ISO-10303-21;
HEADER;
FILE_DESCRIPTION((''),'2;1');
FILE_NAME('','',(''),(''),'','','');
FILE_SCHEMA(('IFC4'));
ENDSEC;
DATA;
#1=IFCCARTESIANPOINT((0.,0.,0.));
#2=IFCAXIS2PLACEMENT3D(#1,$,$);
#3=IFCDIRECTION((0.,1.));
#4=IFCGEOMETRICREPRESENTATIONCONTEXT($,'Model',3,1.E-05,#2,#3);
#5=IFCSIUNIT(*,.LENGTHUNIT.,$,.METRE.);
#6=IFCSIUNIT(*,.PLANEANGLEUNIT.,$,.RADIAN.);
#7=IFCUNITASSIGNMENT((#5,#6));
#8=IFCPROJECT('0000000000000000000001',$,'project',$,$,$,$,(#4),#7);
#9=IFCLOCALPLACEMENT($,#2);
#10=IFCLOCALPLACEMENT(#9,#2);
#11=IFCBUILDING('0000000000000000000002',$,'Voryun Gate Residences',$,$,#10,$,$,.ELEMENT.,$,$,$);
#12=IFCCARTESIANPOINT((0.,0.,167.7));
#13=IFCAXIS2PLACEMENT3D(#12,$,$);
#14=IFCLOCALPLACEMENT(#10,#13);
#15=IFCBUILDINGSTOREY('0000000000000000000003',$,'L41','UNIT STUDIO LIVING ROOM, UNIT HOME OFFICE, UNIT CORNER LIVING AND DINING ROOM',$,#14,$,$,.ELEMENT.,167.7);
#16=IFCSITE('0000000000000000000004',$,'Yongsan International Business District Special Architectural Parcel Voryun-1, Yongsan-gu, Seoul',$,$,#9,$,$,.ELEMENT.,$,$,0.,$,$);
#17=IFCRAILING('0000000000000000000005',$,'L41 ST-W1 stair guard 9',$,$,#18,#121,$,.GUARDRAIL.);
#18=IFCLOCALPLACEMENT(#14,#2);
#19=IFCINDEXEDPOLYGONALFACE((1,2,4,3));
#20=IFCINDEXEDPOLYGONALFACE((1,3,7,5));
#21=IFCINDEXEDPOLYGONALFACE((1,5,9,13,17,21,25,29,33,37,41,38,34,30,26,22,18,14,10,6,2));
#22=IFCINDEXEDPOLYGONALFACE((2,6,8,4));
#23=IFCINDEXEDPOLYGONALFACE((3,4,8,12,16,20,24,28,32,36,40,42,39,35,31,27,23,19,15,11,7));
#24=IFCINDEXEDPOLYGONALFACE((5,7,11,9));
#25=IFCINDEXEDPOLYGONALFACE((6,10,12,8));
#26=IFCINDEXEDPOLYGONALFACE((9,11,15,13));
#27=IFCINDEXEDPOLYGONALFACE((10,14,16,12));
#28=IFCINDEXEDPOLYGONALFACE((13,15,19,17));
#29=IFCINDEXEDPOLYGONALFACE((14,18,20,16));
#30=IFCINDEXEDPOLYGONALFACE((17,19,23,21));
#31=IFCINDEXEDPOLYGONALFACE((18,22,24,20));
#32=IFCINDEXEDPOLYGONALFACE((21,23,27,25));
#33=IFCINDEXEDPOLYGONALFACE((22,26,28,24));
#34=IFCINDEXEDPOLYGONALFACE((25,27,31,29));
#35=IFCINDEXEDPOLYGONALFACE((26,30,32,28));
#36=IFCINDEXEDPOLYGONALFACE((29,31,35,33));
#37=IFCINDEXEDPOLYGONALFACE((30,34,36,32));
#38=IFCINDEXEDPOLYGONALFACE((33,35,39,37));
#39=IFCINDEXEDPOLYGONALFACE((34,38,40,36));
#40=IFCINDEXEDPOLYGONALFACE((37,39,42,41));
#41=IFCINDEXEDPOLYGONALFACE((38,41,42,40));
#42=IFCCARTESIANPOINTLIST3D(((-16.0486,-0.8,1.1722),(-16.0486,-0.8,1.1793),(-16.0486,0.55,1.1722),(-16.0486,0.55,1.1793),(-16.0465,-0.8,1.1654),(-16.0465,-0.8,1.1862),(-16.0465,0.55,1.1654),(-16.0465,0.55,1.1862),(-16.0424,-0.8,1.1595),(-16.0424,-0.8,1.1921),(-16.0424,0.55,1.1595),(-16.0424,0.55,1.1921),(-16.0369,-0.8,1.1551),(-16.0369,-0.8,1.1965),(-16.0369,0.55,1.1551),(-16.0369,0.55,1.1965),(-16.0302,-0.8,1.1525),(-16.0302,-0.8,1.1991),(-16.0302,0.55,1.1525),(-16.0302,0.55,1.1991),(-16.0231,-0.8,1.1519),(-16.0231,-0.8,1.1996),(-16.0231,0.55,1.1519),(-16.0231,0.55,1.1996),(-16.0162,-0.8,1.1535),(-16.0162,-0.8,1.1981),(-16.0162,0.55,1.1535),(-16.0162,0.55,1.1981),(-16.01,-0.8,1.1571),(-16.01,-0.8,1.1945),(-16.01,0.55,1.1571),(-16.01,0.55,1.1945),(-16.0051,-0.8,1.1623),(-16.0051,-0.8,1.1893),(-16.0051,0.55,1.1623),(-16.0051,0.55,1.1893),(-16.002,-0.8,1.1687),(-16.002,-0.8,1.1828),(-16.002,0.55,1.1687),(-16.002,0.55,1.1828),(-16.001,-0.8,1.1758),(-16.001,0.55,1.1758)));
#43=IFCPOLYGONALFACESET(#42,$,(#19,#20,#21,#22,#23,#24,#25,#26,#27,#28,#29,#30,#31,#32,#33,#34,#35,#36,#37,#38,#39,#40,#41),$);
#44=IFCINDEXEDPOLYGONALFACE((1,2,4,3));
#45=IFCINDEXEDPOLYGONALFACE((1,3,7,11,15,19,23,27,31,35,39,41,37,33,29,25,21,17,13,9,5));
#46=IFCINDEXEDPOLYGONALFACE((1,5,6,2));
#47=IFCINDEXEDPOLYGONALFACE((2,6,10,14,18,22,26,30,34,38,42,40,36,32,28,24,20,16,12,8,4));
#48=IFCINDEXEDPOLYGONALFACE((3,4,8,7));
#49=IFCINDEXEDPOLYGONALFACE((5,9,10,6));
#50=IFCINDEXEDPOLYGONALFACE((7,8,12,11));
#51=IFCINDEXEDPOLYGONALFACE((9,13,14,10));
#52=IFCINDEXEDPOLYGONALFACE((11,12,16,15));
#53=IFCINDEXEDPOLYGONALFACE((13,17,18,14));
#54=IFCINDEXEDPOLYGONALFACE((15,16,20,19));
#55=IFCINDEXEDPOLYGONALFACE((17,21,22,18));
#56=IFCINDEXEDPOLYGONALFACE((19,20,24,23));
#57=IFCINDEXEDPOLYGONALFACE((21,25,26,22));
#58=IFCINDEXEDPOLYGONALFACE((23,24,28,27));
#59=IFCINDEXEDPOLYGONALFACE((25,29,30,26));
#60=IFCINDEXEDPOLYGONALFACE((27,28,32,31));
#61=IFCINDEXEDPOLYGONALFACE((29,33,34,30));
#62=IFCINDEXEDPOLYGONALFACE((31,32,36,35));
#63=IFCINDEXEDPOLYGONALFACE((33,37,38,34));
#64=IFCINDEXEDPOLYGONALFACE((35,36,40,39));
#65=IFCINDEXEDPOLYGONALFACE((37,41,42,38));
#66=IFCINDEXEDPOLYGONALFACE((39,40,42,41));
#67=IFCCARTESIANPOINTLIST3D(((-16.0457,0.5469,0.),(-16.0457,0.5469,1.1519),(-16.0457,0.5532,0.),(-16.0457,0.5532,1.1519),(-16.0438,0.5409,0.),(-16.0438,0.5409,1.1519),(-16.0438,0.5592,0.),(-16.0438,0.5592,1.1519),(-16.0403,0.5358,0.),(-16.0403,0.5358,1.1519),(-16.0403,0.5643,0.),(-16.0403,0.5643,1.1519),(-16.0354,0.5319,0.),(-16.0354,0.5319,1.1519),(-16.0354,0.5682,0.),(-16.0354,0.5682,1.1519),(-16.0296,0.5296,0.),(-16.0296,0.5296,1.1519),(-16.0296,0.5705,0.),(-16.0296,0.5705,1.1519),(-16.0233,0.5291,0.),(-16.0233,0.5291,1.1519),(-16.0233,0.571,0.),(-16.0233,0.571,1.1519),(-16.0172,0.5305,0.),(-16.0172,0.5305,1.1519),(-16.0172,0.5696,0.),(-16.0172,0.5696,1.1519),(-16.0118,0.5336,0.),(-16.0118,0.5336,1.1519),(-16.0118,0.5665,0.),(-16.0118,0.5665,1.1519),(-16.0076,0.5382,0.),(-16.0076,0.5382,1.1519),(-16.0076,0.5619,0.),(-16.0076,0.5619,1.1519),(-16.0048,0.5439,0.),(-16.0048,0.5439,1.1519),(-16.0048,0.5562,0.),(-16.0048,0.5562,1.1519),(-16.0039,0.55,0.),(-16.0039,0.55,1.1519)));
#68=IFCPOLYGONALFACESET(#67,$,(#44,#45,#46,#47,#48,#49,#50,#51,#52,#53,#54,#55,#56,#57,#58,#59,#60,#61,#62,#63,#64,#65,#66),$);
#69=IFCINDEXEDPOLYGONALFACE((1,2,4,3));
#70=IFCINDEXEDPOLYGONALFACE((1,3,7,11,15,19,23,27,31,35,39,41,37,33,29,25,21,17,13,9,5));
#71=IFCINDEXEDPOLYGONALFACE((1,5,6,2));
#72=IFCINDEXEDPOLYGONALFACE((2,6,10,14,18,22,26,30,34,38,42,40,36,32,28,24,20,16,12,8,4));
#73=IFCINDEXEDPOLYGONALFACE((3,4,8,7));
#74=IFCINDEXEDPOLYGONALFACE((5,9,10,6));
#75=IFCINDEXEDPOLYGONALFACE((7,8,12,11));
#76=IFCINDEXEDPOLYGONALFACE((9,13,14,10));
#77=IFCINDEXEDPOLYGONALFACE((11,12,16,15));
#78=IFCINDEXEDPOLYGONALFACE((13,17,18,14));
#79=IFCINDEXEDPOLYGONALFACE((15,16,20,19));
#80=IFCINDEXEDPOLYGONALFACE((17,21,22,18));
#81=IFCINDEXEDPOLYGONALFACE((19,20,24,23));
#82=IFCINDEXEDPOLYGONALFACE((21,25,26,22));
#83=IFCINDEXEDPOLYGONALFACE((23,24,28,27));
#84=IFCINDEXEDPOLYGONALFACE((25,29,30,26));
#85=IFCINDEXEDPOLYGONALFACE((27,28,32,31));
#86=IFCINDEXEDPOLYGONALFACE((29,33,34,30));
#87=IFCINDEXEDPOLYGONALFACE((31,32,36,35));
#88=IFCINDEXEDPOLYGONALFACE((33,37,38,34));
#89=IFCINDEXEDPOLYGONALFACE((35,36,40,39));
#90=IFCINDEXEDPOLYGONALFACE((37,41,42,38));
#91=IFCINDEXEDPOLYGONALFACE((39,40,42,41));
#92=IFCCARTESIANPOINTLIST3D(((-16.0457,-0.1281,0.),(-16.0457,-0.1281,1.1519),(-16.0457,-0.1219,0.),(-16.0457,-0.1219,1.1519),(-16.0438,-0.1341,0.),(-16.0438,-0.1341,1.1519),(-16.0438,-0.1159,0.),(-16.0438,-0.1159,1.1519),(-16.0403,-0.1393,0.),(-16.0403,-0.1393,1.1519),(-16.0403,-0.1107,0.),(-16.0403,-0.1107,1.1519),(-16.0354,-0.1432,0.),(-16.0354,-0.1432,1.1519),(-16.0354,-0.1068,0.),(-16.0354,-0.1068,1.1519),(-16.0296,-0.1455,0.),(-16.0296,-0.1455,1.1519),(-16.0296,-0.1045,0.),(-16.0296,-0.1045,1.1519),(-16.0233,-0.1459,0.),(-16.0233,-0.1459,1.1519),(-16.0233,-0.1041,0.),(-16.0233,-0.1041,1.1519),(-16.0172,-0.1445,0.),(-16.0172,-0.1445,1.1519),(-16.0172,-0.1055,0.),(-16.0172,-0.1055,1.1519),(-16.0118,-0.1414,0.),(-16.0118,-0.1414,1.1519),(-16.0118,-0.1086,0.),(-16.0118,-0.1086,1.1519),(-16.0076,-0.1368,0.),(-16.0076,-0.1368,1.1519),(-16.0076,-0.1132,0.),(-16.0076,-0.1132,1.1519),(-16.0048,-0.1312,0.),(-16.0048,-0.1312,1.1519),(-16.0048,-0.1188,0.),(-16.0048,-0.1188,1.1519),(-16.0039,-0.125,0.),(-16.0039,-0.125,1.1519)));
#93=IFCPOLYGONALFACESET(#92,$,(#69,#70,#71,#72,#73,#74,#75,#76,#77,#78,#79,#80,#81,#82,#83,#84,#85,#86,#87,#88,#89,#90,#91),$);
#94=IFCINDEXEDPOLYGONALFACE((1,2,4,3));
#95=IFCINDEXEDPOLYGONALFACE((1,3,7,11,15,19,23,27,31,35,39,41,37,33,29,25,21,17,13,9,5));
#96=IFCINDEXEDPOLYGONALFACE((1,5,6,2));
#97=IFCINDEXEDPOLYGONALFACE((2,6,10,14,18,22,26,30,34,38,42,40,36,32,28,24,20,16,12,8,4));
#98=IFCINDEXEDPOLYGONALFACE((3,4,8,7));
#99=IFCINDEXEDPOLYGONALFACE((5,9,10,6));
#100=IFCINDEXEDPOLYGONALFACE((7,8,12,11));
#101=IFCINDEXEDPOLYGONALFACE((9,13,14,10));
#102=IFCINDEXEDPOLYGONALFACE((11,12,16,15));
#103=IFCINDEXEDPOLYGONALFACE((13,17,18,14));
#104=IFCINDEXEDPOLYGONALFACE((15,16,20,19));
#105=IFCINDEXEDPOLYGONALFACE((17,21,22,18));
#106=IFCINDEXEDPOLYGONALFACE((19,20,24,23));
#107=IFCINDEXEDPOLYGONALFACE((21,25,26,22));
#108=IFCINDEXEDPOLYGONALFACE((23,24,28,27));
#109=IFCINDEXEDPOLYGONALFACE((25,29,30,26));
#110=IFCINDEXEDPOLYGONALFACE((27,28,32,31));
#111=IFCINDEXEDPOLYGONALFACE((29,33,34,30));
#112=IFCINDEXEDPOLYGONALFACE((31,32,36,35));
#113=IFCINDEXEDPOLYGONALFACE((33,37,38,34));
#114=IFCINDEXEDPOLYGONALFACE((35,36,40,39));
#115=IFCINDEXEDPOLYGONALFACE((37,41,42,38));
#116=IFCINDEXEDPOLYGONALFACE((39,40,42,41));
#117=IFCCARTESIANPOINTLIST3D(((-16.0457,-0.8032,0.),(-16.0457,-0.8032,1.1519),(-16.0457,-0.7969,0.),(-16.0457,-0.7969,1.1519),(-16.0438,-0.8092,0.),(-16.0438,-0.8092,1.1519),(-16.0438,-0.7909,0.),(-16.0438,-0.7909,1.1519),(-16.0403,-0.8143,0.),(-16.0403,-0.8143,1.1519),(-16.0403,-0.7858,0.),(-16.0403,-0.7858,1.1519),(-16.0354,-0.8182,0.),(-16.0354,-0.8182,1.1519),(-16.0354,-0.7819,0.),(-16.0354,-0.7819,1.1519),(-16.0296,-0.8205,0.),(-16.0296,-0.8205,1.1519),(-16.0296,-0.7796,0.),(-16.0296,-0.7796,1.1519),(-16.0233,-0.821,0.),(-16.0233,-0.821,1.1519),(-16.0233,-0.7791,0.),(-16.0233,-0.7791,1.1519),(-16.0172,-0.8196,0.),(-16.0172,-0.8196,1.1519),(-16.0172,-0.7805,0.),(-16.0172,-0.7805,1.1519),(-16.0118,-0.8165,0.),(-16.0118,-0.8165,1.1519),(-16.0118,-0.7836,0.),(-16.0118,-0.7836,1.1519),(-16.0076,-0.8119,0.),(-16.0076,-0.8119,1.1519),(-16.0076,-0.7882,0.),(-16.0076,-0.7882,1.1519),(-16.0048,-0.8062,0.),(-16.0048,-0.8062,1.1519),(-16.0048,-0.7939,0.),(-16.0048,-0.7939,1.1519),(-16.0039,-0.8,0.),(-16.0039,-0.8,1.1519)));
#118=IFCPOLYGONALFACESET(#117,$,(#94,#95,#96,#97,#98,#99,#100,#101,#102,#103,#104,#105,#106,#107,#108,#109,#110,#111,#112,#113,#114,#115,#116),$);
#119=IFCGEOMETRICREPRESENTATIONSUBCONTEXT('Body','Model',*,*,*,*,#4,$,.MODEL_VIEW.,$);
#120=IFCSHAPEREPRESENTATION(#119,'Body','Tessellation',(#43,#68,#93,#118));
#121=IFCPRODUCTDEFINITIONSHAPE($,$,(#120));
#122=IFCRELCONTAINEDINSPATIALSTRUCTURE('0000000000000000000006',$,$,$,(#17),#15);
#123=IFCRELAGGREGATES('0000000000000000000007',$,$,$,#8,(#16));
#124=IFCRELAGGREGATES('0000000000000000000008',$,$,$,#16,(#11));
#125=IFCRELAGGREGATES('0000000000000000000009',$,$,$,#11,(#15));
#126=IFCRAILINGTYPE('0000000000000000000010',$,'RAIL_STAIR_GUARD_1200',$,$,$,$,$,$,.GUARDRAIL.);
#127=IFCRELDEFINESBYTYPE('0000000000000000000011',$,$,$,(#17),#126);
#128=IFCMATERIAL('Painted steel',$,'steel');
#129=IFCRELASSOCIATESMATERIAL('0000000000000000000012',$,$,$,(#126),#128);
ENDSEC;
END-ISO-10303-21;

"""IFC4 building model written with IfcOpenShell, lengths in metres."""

from ifc_helpers import new_model, si_unit, direction, frame, origin, origin_2d, place, context, subcontext, project, spatial, circle, extrude, material, type_object, element, save


model = new_model("IFC4")

# Units and contexts
model_context = context("Model", 3, precision=1e-05, world=origin(), true_north=direction((0.0, 1.0)))
body_context = subcontext(model_context, "Body", "Model", "MODEL_VIEW")
ifc_project = project(units=[si_unit("LENGTHUNIT", "METRE"), si_unit("PLANEANGLEUNIT", "RADIAN")], contexts=[model_context])

# Site, building, storey
site_placement = place(None, origin())
site = spatial("IfcSite", under=ifc_project, at=site_placement, Name="Yongsan International Business District Special Architectural Parcel Voryun-1, Yongsan-gu, Seoul", CompositionType="ELEMENT", RefElevation=0.0)
building_placement = place(site_placement, origin())
building = spatial("IfcBuilding", under=site, at=building_placement, Name="Voryun Gate Residences", CompositionType="ELEMENT")
storey_placement = place(building_placement, frame((0.0, 0.0, 167.7)))
storey = spatial("IfcBuildingStorey", under=building, at=storey_placement, Name="L41", Description="UNIT STUDIO LIVING ROOM, UNIT HOME OFFICE, UNIT CORNER LIVING AND DINING ROOM", CompositionType="ELEMENT", Elevation=167.7)

# Railing
ifc_material_1 = material(Name="Painted steel", Category="steel")
railing_type = type_object("IfcRailingType", Name="RAIL_STAIR_GUARD_1200", PredefinedType="GUARDRAIL", material=ifc_material_1)
for number, where, name in (
    (1, (-16.0249, 0.55, 0.0), "L41 ST-W1 stair guard 9"),
):
    element("IfcRailing", number, at=place(storey_placement, frame(where)), inside=storey, type_object=railing_type, Name=name, PredefinedType="GUARDRAIL", context=body_context, shape_type="SweptSolid", body=[
        extrude(circle(Radius=0.0239, at=origin_2d()), frame((0.0, 0.0, 1.1758), z_axis=(0.0, -1.0, 0.0), x_axis=(1.0, 0.0, 0.0)), (0.0, 0.0, 1.0), 1.3501),
        extrude(circle(Radius=0.021, at=origin_2d()), origin(), (0.0, 0.0, 1.0), 1.1519),
        extrude(circle(Radius=0.021, at=origin_2d()), frame((0.0, -0.675, 0.0)), (0.0, 0.0, 1.0), 1.1519),
        extrude(circle(Radius=0.021, at=origin_2d()), frame((0.0, -1.3501, 0.0)), (0.0, 0.0, 1.0), 1.1519),
    ])

save(model, "model.ifc")
